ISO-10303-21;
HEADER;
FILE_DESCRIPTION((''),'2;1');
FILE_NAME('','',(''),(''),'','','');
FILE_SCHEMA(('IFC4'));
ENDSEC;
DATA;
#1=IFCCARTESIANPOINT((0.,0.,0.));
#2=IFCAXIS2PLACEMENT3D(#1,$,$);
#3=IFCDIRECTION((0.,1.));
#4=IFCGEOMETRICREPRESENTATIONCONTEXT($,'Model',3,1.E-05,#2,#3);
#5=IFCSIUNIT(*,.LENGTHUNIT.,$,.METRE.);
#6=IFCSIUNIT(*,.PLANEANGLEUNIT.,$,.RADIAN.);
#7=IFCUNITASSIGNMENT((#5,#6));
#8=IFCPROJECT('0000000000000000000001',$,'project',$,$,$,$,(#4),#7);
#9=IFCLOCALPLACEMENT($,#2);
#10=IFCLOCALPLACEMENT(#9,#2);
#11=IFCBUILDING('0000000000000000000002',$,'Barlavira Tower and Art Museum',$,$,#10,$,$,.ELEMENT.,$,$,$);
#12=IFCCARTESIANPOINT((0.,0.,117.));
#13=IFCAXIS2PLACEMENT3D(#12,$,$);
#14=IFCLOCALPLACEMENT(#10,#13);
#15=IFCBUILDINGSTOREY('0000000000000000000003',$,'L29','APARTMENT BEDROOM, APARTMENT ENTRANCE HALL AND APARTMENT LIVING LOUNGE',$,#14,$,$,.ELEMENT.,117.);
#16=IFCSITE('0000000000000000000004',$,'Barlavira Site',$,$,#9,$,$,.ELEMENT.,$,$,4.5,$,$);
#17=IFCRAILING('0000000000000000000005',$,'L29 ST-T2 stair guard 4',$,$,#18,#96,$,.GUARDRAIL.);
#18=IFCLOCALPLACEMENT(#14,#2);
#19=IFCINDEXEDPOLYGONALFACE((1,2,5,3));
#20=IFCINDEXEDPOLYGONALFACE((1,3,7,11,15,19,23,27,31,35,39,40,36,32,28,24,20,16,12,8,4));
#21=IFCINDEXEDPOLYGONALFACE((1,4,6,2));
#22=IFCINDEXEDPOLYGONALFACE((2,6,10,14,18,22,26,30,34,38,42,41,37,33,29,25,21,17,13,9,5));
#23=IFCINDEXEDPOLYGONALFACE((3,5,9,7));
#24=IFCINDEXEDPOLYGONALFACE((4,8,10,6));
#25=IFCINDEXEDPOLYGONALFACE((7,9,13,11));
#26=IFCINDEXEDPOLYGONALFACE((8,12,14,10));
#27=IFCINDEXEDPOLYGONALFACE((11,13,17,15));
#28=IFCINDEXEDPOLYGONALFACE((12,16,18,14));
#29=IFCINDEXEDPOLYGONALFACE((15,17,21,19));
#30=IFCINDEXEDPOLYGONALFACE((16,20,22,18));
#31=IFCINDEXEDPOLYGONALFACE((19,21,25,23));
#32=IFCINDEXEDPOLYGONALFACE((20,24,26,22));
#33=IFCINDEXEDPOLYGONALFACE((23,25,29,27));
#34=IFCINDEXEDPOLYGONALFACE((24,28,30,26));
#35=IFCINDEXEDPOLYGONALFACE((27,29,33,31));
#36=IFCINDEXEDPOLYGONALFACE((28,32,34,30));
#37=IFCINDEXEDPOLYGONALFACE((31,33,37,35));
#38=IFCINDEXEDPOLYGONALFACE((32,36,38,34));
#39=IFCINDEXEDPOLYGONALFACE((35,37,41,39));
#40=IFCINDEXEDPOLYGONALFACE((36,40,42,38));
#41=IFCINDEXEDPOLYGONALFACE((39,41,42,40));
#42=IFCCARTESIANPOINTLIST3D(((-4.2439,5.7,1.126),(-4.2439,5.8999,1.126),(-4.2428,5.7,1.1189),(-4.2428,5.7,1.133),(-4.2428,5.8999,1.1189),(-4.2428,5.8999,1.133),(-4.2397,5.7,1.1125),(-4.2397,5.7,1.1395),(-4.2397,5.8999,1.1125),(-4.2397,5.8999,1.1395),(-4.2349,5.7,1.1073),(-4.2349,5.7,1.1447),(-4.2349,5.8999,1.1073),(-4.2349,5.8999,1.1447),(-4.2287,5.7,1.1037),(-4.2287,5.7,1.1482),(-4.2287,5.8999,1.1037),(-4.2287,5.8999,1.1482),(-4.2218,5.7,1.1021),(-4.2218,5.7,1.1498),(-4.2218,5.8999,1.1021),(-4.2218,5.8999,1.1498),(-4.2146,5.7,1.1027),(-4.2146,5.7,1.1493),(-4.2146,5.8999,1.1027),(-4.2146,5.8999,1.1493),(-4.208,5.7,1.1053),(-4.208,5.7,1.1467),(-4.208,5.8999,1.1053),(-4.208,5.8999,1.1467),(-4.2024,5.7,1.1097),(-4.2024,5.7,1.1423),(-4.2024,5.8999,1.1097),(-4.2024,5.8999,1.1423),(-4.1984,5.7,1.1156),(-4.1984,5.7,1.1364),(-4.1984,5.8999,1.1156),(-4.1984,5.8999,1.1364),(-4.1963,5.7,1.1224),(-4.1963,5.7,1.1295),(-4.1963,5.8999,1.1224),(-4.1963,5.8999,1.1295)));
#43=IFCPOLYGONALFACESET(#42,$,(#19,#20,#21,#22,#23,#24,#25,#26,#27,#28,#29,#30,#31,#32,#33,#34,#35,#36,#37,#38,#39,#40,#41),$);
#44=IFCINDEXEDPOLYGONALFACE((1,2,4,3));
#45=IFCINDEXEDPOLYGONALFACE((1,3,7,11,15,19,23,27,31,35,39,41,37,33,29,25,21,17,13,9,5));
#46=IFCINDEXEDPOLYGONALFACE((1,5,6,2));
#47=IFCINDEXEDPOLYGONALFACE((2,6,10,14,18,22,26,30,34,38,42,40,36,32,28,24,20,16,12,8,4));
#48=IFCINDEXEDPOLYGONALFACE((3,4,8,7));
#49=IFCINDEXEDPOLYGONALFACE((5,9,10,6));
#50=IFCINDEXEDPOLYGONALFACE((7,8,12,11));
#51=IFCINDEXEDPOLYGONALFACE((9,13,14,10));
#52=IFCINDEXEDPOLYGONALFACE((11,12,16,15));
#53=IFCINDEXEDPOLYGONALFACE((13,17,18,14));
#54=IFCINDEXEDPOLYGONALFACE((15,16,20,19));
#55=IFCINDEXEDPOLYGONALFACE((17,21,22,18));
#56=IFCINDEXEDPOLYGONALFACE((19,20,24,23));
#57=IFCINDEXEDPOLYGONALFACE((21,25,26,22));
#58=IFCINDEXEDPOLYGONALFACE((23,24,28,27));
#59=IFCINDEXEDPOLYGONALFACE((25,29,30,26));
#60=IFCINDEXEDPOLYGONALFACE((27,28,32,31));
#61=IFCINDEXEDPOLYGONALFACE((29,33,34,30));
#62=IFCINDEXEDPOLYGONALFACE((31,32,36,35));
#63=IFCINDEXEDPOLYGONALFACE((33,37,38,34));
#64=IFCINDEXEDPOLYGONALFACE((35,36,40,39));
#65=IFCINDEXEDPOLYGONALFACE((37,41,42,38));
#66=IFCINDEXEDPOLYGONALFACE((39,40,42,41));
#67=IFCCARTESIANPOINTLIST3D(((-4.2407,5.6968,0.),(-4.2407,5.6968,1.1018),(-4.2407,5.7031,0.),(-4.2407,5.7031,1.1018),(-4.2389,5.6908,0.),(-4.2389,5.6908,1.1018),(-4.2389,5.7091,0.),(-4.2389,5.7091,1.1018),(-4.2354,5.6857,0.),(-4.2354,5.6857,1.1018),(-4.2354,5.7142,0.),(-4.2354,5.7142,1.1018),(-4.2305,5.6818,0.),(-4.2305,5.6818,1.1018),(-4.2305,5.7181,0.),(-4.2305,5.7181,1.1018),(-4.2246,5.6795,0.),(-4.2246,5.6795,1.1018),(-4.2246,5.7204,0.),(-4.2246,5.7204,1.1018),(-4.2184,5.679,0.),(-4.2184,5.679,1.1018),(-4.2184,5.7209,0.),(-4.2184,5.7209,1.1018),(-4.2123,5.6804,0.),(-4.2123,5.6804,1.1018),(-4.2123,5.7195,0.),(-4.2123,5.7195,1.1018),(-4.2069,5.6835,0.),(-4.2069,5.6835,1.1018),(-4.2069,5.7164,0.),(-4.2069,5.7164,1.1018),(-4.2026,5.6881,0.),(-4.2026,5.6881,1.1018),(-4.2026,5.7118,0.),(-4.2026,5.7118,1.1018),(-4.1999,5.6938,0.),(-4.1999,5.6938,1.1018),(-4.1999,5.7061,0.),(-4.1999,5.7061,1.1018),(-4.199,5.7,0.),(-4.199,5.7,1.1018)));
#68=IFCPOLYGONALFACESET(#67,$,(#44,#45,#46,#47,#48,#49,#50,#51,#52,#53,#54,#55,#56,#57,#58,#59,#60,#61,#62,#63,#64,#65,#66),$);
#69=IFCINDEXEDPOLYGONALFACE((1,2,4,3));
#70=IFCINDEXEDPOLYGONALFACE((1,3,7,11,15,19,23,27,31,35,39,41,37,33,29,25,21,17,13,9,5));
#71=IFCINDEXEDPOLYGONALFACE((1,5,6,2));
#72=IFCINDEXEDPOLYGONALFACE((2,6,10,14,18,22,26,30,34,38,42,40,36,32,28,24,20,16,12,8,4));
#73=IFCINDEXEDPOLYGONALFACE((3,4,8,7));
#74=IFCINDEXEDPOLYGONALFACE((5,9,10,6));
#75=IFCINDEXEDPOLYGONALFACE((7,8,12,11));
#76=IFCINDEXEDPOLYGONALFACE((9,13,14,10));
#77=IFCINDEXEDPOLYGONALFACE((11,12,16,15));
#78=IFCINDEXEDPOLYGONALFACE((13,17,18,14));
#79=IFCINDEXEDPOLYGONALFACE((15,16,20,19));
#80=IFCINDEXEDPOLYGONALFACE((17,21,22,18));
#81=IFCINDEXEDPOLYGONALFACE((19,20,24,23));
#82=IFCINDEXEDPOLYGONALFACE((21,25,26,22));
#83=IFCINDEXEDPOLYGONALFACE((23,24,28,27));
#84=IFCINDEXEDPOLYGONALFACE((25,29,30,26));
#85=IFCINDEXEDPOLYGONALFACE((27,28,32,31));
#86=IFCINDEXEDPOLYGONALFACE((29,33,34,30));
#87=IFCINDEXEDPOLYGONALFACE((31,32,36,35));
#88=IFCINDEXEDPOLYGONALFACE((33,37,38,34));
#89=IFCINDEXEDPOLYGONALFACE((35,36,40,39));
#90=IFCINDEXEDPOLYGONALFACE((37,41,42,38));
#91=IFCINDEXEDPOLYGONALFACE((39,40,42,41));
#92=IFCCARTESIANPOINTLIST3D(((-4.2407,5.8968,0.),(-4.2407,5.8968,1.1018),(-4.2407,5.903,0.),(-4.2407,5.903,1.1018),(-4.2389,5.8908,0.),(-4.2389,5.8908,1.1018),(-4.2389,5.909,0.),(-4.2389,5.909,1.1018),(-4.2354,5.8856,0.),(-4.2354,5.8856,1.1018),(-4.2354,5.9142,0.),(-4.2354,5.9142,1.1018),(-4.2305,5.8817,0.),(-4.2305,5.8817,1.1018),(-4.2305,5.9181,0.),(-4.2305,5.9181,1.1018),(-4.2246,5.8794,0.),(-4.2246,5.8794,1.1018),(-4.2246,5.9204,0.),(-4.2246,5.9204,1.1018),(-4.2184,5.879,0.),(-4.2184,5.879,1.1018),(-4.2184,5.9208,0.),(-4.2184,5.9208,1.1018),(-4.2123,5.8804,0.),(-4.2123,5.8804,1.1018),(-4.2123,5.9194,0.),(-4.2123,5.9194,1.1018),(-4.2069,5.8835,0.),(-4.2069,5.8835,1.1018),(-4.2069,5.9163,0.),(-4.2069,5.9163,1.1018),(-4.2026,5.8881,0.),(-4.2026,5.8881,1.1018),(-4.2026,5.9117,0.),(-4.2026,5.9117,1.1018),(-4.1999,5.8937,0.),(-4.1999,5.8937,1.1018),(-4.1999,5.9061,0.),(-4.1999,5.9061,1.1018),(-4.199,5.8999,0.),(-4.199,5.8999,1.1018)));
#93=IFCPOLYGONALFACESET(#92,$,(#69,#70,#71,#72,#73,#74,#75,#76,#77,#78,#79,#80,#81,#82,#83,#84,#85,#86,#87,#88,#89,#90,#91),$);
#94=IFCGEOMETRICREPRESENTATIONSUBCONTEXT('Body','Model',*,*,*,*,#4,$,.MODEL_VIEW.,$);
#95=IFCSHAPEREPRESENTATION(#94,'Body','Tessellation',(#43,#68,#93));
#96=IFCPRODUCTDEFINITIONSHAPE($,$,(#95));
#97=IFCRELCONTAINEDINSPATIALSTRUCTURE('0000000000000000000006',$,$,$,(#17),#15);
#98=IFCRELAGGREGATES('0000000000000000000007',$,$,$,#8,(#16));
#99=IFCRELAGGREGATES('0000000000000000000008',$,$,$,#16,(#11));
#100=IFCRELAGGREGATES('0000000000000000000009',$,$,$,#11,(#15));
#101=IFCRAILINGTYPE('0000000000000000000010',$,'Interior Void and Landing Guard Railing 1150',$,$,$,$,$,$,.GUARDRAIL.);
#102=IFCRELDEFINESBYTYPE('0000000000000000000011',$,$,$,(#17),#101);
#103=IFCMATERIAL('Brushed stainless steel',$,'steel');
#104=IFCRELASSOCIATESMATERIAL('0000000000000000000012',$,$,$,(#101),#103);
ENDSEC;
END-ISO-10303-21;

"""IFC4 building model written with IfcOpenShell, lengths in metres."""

from ifc_helpers import new_model, si_unit, direction, frame, origin, origin_2d, place, context, subcontext, project, spatial, circle, extrude, material, type_object, element, save


model = new_model("IFC4")

# Units and contexts
model_context = context("Model", 3, precision=1e-05, world=origin(), true_north=direction((0.0, 1.0)))
body_context = subcontext(model_context, "Body", "Model", "MODEL_VIEW")
ifc_project = project(units=[si_unit("LENGTHUNIT", "METRE"), si_unit("PLANEANGLEUNIT", "RADIAN")], contexts=[model_context])

# Site, building, storey
site_placement = place(None, origin())
site = spatial("IfcSite", under=ifc_project, at=site_placement, Name="Barlavira Site", CompositionType="ELEMENT", RefElevation=4.5)
building_placement = place(site_placement, origin())
building = spatial("IfcBuilding", under=site, at=building_placement, Name="Barlavira Tower and Art Museum", CompositionType="ELEMENT")
storey_placement = place(building_placement, frame((0.0, 0.0, 117.0)))
storey = spatial("IfcBuildingStorey", under=building, at=storey_placement, Name="L29", Description="APARTMENT BEDROOM, APARTMENT ENTRANCE HALL AND APARTMENT LIVING LOUNGE", CompositionType="ELEMENT", Elevation=117.0)

# Shared definitions
ifc_material_1 = material(Name="Brushed stainless steel", Category="steel")

# Railing
railing_type_1 = type_object("IfcRailingType", Name="Interior Void and Landing Guard Railing 1150", PredefinedType="GUARDRAIL", material=ifc_material_1)
railing_1_placement = place(storey_placement, frame((-4.22, 5.7, 0.0)))
element("IfcRailing", 1, at=railing_1_placement, inside=storey, type_object=railing_type_1, Name="L29 ST-T2 stair guard 4", PredefinedType="GUARDRAIL", context=body_context, shape_type="SweptSolid", body=[
    extrude(circle(Radius=0.0239, at=origin_2d()), frame((0.0, 0.0, 1.126), z_axis=(0.0, 1.0, 0.0), x_axis=(-1.0, 0.0, 0.0)), (0.0, 0.0, 1.0), 0.2),
    extrude(circle(Radius=0.021, at=origin_2d()), origin(), (0.0, 0.0, 1.0), 1.1018),
    extrude(circle(Radius=0.021, at=origin_2d()), frame((0.0, 0.2, 0.0)), (0.0, 0.0, 1.0), 1.1018),
])

save(model, "model.ifc")
